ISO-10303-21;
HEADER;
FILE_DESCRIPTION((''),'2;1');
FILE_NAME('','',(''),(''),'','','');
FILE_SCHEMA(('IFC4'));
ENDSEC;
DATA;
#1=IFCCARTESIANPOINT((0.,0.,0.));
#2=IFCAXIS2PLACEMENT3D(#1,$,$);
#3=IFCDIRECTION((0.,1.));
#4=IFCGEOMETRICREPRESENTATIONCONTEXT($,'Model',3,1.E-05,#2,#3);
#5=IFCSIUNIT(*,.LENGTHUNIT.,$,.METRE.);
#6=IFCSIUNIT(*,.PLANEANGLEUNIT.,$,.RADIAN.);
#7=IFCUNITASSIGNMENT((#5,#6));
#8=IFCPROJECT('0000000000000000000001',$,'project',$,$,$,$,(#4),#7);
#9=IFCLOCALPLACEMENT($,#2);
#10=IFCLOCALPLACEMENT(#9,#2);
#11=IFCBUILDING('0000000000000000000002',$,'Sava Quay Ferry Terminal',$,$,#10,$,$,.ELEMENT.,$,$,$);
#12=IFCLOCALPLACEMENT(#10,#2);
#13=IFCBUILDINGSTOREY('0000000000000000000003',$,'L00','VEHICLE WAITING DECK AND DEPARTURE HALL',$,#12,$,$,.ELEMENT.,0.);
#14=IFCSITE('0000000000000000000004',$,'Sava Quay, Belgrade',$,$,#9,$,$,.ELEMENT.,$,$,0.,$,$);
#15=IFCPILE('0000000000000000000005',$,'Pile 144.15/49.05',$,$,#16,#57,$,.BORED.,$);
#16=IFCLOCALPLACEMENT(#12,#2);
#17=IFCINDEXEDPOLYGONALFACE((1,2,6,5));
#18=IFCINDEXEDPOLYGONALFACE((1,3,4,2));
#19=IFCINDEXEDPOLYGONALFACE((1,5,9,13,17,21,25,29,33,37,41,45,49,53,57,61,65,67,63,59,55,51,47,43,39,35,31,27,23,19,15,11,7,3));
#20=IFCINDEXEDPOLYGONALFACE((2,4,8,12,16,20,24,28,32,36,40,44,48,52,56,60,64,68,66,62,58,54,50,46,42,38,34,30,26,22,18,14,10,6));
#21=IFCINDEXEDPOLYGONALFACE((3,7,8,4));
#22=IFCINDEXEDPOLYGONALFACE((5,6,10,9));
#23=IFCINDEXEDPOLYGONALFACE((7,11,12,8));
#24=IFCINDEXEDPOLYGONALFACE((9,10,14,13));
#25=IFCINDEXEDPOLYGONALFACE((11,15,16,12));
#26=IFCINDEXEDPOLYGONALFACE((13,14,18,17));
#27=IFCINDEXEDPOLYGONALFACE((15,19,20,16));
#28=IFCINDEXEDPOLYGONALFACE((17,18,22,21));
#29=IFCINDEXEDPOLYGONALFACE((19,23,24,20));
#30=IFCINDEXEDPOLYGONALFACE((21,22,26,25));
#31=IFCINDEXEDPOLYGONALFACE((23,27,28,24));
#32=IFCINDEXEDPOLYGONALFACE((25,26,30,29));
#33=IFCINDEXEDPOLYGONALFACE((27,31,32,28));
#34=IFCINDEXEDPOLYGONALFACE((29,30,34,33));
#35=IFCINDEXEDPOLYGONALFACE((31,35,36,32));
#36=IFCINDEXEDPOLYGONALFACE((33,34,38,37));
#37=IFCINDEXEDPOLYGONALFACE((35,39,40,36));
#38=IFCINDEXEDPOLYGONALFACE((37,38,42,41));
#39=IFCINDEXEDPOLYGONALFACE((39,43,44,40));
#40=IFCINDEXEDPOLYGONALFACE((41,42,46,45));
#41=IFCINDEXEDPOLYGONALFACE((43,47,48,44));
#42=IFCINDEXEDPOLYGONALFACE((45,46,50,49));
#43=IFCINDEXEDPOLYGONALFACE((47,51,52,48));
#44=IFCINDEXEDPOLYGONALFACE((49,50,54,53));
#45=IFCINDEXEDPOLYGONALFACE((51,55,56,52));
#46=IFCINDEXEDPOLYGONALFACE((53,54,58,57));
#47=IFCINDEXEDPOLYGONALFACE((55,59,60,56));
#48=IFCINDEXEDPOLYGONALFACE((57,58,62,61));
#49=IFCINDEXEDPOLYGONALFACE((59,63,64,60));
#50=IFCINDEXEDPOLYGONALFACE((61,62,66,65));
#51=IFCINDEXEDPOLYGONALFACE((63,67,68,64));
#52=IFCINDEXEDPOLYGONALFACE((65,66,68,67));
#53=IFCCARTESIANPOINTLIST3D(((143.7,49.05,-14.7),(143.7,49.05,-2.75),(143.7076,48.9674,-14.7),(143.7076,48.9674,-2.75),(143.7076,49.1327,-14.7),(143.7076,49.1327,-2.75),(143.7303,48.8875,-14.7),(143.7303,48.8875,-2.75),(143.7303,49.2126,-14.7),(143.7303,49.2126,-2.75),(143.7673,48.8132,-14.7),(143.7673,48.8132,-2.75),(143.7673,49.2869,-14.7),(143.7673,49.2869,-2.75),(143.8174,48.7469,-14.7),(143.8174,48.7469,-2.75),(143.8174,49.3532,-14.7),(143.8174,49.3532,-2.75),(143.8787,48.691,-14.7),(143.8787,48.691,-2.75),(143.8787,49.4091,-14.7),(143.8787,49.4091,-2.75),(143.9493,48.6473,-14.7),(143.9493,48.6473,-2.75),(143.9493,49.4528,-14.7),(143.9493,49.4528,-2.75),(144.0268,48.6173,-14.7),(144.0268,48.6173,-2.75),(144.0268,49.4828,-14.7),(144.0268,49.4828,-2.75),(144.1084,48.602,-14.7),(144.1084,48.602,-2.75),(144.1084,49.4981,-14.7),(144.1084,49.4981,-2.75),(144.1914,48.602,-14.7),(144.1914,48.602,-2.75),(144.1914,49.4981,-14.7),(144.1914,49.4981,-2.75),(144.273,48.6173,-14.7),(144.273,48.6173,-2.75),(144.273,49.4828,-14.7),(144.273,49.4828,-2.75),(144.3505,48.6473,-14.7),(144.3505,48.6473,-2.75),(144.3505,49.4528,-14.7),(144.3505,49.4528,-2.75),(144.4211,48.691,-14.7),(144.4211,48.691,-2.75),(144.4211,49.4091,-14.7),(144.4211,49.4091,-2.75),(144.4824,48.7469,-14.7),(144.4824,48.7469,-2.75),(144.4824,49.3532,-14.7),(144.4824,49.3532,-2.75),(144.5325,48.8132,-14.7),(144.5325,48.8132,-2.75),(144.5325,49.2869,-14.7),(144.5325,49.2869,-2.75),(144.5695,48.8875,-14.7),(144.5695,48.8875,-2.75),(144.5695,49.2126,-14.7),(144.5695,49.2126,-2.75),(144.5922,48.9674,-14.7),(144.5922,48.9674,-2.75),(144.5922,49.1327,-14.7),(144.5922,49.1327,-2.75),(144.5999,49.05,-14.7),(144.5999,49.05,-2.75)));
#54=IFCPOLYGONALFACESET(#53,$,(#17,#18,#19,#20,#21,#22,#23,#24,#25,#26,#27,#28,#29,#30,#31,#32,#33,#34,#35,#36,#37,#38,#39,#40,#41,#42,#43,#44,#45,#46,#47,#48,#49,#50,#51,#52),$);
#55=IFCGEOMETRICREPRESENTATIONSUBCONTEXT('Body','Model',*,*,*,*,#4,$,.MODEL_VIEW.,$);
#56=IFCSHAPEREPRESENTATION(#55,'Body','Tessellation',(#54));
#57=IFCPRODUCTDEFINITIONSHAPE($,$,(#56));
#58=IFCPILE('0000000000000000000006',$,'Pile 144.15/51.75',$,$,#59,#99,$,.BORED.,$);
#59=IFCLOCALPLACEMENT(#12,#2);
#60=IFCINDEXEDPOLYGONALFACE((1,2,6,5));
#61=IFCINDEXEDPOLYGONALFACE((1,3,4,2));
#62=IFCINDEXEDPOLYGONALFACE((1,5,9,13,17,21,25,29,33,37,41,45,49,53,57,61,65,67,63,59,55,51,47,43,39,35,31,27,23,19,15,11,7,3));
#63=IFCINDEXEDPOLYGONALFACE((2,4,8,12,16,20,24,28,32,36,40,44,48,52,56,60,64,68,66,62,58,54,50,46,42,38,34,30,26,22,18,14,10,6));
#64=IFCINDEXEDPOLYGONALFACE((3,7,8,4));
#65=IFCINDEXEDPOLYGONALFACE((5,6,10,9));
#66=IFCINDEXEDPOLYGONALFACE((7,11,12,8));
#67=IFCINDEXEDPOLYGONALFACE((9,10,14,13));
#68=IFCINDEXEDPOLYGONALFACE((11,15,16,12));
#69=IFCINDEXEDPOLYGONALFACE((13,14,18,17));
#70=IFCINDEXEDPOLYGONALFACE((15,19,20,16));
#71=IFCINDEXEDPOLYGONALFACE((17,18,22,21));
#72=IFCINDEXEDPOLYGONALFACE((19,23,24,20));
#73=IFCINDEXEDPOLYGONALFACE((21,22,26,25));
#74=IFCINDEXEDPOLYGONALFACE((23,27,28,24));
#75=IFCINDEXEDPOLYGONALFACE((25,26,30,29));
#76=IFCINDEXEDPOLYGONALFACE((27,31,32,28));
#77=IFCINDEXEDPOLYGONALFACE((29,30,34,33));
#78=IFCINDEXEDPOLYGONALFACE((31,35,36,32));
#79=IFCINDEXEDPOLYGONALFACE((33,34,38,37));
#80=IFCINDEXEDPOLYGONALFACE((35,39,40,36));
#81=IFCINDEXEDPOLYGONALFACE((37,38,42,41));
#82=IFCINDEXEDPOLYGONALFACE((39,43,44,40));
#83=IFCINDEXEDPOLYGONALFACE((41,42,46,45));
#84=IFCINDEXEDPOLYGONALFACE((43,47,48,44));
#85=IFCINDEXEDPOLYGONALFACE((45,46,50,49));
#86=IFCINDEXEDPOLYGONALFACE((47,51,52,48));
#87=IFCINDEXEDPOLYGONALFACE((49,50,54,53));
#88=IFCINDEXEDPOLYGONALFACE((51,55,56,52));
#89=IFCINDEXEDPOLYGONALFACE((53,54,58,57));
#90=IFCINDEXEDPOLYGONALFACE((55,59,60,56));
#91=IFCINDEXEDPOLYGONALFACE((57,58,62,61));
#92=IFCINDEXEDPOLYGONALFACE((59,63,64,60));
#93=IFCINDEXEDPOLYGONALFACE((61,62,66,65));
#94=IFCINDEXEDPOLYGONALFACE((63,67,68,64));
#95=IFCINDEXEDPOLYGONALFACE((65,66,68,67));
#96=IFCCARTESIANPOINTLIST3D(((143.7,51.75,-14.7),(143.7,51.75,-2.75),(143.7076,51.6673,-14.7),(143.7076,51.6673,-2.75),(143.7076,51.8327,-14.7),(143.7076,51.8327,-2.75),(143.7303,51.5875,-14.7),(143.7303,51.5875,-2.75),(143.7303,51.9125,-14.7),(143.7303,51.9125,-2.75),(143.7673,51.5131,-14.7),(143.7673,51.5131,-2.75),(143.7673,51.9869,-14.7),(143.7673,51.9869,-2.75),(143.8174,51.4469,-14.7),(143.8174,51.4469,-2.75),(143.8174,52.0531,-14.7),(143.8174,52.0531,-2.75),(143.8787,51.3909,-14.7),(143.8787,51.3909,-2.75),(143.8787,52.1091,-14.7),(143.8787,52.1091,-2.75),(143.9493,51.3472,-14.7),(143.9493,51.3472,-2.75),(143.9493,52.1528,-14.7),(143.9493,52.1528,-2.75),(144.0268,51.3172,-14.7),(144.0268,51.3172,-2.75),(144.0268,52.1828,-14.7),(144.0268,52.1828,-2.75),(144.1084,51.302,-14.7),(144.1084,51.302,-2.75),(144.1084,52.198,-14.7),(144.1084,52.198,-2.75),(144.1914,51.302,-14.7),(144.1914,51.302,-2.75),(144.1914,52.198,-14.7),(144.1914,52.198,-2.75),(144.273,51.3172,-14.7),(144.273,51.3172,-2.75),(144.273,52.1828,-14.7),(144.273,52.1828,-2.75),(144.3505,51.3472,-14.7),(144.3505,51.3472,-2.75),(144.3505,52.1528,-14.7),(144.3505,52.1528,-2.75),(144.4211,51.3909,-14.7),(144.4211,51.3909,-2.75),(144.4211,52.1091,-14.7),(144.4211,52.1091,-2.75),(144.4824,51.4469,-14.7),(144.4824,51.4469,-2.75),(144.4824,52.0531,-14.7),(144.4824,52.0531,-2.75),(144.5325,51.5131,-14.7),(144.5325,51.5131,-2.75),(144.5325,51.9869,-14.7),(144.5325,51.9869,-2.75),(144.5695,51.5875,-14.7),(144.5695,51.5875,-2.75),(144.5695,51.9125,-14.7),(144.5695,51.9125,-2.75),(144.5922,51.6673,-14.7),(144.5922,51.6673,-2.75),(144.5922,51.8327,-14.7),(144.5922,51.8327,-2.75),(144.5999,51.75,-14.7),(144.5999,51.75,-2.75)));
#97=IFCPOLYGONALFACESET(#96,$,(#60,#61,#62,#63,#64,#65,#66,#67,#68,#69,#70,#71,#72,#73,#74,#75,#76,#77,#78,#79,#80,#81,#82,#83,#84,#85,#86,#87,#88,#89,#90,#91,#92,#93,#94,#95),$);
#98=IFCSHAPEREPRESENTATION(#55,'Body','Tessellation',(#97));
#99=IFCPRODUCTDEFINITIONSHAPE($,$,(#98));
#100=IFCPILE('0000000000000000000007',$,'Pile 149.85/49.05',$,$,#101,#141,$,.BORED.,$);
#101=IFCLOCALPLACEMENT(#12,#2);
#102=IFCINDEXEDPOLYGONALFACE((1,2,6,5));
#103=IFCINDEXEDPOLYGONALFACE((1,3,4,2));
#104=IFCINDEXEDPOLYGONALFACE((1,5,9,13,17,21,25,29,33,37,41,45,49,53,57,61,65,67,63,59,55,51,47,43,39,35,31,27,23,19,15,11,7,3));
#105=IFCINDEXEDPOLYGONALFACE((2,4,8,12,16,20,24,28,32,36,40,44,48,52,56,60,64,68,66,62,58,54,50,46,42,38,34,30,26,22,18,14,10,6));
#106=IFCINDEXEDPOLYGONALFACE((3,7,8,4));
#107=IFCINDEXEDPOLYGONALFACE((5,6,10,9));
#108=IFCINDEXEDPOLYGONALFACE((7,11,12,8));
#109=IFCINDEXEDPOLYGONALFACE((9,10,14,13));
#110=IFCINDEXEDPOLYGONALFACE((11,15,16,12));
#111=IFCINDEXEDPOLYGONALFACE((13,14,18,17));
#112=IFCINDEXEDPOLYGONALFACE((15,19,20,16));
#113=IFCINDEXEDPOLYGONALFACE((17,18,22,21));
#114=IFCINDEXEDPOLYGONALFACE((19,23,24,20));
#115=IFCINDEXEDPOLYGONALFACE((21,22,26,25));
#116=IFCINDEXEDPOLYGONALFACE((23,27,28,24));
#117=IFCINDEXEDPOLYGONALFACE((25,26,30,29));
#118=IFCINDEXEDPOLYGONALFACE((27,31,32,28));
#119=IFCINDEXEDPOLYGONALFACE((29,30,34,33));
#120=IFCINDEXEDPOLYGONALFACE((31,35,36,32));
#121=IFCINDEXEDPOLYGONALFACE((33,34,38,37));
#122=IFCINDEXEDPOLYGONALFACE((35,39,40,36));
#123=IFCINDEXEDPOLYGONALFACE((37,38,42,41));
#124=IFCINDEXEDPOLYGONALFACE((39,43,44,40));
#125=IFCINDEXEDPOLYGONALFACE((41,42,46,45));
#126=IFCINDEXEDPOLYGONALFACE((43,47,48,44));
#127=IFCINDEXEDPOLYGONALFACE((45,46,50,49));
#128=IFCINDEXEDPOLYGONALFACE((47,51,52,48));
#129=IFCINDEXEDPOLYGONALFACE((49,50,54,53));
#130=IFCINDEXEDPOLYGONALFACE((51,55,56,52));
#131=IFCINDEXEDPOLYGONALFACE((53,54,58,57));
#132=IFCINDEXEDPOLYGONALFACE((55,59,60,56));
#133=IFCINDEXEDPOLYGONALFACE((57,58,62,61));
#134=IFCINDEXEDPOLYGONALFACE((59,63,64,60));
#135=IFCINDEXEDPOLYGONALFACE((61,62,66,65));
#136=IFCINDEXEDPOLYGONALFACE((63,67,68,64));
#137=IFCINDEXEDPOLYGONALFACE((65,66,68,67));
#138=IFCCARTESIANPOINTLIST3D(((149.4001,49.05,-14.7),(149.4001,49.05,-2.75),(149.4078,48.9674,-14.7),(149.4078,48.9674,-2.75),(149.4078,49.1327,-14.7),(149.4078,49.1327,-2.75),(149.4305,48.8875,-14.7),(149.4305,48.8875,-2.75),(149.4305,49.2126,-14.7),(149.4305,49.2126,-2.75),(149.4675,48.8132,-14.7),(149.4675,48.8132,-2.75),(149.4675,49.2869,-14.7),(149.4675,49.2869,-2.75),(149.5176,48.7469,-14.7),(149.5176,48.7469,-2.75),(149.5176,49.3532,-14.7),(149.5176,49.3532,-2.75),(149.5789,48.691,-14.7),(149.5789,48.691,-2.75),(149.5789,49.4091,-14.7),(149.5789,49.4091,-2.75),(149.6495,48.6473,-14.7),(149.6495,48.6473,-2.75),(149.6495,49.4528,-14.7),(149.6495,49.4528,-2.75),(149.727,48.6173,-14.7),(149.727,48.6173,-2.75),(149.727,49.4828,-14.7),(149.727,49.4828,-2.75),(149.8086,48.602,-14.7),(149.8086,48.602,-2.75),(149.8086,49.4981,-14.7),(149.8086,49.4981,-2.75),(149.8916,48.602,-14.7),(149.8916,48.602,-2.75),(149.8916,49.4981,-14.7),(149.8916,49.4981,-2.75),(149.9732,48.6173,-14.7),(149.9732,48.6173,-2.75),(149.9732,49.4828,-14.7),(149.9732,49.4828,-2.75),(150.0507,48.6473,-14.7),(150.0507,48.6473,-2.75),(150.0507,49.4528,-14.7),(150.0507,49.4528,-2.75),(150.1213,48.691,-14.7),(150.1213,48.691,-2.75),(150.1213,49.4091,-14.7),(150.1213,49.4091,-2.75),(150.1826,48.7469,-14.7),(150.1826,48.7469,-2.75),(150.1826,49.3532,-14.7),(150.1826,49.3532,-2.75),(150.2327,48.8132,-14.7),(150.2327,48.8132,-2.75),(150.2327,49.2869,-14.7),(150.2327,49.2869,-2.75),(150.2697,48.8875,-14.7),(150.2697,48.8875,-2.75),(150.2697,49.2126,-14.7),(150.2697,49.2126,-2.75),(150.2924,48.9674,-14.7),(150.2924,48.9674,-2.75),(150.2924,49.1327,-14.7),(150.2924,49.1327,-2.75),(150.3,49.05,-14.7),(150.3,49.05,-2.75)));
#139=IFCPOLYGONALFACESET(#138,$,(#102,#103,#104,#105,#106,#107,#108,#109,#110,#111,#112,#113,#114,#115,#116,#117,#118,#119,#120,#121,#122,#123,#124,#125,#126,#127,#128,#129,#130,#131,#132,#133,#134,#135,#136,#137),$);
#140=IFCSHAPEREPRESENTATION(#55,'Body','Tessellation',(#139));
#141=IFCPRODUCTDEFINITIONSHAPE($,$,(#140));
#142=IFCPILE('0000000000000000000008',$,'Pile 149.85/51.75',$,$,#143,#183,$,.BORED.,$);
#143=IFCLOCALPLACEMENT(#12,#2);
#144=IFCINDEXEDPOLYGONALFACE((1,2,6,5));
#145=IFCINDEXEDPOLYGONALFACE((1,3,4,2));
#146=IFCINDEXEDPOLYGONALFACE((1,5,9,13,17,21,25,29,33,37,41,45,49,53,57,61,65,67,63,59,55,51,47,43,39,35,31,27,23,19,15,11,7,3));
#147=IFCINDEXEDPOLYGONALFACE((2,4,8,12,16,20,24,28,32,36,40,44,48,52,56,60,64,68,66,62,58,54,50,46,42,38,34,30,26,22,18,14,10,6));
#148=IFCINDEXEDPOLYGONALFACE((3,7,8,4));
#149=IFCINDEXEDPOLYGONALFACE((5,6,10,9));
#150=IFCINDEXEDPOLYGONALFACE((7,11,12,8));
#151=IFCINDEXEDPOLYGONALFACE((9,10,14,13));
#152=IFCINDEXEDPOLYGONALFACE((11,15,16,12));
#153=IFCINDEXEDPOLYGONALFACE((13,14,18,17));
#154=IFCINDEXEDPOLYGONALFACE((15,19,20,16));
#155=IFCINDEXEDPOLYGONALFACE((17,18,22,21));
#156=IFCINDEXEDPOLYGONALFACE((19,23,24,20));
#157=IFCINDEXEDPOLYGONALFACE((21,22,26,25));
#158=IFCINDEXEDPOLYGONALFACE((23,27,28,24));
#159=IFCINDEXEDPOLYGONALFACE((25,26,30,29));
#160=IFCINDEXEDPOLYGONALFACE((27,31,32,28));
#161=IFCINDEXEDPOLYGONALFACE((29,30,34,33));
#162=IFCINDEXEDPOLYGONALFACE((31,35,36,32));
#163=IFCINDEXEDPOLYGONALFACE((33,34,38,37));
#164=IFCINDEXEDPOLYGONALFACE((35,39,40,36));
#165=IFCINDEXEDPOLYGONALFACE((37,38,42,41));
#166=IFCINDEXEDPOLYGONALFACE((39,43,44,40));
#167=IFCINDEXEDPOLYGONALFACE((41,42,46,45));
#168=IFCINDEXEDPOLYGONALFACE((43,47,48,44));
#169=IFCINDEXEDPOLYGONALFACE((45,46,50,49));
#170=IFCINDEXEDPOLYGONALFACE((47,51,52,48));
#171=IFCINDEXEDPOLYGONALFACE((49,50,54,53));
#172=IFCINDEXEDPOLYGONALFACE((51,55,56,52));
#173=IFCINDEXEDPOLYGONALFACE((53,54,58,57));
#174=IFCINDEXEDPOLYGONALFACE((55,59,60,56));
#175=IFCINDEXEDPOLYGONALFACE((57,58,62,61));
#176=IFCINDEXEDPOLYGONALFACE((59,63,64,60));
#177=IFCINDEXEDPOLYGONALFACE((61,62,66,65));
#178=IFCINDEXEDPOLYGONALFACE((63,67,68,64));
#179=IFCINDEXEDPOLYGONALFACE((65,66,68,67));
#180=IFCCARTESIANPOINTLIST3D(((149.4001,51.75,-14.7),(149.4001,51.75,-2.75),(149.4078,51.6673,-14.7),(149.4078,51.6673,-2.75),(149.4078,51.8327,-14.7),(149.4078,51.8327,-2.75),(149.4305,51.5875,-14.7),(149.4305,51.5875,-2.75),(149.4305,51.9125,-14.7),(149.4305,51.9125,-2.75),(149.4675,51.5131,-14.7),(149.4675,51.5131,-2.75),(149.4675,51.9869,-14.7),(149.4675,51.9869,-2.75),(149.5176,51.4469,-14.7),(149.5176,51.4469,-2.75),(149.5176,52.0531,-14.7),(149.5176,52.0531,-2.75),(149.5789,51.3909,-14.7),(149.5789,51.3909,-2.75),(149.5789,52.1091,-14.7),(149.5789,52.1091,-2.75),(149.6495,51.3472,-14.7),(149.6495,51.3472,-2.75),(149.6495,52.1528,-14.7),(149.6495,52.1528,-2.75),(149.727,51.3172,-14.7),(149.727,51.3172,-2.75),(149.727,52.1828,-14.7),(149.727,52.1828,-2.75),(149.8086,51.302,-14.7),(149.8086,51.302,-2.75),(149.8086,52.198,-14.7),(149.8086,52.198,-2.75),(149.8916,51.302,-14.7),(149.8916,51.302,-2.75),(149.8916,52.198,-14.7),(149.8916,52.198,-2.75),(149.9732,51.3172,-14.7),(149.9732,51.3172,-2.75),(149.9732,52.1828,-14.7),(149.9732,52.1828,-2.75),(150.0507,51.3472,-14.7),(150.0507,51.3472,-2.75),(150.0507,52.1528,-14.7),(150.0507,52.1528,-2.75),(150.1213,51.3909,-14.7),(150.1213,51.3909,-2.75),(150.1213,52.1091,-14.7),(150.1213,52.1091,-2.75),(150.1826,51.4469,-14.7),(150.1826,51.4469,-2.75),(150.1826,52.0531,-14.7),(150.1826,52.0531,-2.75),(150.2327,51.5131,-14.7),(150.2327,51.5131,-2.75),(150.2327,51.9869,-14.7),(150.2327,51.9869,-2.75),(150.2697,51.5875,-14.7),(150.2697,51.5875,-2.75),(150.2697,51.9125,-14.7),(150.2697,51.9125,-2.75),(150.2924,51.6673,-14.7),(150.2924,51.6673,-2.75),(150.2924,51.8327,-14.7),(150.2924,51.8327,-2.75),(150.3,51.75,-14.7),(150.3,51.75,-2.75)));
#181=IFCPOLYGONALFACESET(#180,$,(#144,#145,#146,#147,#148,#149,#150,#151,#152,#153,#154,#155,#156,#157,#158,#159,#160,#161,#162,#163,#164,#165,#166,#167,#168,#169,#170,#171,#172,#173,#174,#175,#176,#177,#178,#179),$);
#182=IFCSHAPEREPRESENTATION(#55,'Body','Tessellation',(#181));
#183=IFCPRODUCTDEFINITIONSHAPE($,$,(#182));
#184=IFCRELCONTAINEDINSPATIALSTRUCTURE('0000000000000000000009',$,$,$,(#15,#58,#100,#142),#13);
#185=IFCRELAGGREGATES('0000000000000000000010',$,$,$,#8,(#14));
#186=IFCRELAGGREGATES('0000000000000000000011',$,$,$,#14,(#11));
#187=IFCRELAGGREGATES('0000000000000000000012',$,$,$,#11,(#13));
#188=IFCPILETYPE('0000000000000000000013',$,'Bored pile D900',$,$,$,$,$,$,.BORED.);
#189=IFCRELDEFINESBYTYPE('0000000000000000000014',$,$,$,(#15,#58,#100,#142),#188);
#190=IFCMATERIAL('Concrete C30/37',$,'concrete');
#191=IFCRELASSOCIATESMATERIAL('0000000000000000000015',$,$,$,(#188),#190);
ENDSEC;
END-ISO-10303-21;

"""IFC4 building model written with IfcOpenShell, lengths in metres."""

from ifc_helpers import new_model, si_unit, direction, frame, origin, origin_2d, place, context, subcontext, project, spatial, circle, extrude, material, material_profile, profile_set, type_object, element, save


model = new_model("IFC4")

# Units and contexts
model_context = context("Model", 3, precision=1e-05, world=origin(), true_north=direction((0.0, 1.0)))
body_context = subcontext(model_context, "Body", "Model", "MODEL_VIEW")
ifc_project = project(units=[si_unit("LENGTHUNIT", "METRE"), si_unit("PLANEANGLEUNIT", "RADIAN")], contexts=[model_context])

# Site, building, storey
site_placement = place(None, origin())
site = spatial("IfcSite", under=ifc_project, at=site_placement, Name="Sava Quay, Belgrade", CompositionType="ELEMENT", RefElevation=0.0)
building_placement = place(site_placement, origin())
building = spatial("IfcBuilding", under=site, at=building_placement, Name="Sava Quay Ferry Terminal", CompositionType="ELEMENT")
storey_placement = place(building_placement, origin())
storey = spatial("IfcBuildingStorey", under=building, at=storey_placement, Name="L00", Description="VEHICLE WAITING DECK AND DEPARTURE HALL", CompositionType="ELEMENT", Elevation=0.0)

# Piles
ifc_material_1 = material(Name="Concrete C30/37", Category="concrete")
ifc_material_profile_1 = material_profile(ifc_material_1, circle(Radius=0.45, at=origin_2d()), Name="Bored pile D900")
ifc_profile_set_1 = profile_set([ifc_material_profile_1], Name="Concrete C30/37")
pile_type = type_object("IfcPileType", Name="Bored pile D900", PredefinedType="BORED", material=ifc_profile_set_1)
for number, where, z_axis, x_axis, name in (
    (1, (144.1499, 49.05, -2.75), (0.0, 0.0, -1.0), (1.0, 0.0, 0.0), "Pile 144.15/49.05"),
    (2, (144.1499, 51.75, -2.75), (0.0, 0.0, -1.0), (1.0, 0.0, 0.0), "Pile 144.15/51.75"),
    (3, (149.8501, 49.05, -2.75), (0.0, 0.0, -1.0), (1.0, 0.0, 0.0), "Pile 149.85/49.05"),
    (4, (149.8501, 51.75, -2.75), (0.0, 0.0, -1.0), (1.0, 0.0, 0.0), "Pile 149.85/51.75"),
):
    element("IfcPile", number, at=place(storey_placement, frame(where, z_axis=z_axis, x_axis=x_axis)), inside=storey, type_object=pile_type, Name=name, PredefinedType="BORED", context=body_context, shape_type="SweptSolid", body=[
        extrude(circle(Radius=0.45, at=origin_2d()), origin(), (0.0, 0.0, 1.0), 11.95),
    ])

save(model, "model.ifc")
